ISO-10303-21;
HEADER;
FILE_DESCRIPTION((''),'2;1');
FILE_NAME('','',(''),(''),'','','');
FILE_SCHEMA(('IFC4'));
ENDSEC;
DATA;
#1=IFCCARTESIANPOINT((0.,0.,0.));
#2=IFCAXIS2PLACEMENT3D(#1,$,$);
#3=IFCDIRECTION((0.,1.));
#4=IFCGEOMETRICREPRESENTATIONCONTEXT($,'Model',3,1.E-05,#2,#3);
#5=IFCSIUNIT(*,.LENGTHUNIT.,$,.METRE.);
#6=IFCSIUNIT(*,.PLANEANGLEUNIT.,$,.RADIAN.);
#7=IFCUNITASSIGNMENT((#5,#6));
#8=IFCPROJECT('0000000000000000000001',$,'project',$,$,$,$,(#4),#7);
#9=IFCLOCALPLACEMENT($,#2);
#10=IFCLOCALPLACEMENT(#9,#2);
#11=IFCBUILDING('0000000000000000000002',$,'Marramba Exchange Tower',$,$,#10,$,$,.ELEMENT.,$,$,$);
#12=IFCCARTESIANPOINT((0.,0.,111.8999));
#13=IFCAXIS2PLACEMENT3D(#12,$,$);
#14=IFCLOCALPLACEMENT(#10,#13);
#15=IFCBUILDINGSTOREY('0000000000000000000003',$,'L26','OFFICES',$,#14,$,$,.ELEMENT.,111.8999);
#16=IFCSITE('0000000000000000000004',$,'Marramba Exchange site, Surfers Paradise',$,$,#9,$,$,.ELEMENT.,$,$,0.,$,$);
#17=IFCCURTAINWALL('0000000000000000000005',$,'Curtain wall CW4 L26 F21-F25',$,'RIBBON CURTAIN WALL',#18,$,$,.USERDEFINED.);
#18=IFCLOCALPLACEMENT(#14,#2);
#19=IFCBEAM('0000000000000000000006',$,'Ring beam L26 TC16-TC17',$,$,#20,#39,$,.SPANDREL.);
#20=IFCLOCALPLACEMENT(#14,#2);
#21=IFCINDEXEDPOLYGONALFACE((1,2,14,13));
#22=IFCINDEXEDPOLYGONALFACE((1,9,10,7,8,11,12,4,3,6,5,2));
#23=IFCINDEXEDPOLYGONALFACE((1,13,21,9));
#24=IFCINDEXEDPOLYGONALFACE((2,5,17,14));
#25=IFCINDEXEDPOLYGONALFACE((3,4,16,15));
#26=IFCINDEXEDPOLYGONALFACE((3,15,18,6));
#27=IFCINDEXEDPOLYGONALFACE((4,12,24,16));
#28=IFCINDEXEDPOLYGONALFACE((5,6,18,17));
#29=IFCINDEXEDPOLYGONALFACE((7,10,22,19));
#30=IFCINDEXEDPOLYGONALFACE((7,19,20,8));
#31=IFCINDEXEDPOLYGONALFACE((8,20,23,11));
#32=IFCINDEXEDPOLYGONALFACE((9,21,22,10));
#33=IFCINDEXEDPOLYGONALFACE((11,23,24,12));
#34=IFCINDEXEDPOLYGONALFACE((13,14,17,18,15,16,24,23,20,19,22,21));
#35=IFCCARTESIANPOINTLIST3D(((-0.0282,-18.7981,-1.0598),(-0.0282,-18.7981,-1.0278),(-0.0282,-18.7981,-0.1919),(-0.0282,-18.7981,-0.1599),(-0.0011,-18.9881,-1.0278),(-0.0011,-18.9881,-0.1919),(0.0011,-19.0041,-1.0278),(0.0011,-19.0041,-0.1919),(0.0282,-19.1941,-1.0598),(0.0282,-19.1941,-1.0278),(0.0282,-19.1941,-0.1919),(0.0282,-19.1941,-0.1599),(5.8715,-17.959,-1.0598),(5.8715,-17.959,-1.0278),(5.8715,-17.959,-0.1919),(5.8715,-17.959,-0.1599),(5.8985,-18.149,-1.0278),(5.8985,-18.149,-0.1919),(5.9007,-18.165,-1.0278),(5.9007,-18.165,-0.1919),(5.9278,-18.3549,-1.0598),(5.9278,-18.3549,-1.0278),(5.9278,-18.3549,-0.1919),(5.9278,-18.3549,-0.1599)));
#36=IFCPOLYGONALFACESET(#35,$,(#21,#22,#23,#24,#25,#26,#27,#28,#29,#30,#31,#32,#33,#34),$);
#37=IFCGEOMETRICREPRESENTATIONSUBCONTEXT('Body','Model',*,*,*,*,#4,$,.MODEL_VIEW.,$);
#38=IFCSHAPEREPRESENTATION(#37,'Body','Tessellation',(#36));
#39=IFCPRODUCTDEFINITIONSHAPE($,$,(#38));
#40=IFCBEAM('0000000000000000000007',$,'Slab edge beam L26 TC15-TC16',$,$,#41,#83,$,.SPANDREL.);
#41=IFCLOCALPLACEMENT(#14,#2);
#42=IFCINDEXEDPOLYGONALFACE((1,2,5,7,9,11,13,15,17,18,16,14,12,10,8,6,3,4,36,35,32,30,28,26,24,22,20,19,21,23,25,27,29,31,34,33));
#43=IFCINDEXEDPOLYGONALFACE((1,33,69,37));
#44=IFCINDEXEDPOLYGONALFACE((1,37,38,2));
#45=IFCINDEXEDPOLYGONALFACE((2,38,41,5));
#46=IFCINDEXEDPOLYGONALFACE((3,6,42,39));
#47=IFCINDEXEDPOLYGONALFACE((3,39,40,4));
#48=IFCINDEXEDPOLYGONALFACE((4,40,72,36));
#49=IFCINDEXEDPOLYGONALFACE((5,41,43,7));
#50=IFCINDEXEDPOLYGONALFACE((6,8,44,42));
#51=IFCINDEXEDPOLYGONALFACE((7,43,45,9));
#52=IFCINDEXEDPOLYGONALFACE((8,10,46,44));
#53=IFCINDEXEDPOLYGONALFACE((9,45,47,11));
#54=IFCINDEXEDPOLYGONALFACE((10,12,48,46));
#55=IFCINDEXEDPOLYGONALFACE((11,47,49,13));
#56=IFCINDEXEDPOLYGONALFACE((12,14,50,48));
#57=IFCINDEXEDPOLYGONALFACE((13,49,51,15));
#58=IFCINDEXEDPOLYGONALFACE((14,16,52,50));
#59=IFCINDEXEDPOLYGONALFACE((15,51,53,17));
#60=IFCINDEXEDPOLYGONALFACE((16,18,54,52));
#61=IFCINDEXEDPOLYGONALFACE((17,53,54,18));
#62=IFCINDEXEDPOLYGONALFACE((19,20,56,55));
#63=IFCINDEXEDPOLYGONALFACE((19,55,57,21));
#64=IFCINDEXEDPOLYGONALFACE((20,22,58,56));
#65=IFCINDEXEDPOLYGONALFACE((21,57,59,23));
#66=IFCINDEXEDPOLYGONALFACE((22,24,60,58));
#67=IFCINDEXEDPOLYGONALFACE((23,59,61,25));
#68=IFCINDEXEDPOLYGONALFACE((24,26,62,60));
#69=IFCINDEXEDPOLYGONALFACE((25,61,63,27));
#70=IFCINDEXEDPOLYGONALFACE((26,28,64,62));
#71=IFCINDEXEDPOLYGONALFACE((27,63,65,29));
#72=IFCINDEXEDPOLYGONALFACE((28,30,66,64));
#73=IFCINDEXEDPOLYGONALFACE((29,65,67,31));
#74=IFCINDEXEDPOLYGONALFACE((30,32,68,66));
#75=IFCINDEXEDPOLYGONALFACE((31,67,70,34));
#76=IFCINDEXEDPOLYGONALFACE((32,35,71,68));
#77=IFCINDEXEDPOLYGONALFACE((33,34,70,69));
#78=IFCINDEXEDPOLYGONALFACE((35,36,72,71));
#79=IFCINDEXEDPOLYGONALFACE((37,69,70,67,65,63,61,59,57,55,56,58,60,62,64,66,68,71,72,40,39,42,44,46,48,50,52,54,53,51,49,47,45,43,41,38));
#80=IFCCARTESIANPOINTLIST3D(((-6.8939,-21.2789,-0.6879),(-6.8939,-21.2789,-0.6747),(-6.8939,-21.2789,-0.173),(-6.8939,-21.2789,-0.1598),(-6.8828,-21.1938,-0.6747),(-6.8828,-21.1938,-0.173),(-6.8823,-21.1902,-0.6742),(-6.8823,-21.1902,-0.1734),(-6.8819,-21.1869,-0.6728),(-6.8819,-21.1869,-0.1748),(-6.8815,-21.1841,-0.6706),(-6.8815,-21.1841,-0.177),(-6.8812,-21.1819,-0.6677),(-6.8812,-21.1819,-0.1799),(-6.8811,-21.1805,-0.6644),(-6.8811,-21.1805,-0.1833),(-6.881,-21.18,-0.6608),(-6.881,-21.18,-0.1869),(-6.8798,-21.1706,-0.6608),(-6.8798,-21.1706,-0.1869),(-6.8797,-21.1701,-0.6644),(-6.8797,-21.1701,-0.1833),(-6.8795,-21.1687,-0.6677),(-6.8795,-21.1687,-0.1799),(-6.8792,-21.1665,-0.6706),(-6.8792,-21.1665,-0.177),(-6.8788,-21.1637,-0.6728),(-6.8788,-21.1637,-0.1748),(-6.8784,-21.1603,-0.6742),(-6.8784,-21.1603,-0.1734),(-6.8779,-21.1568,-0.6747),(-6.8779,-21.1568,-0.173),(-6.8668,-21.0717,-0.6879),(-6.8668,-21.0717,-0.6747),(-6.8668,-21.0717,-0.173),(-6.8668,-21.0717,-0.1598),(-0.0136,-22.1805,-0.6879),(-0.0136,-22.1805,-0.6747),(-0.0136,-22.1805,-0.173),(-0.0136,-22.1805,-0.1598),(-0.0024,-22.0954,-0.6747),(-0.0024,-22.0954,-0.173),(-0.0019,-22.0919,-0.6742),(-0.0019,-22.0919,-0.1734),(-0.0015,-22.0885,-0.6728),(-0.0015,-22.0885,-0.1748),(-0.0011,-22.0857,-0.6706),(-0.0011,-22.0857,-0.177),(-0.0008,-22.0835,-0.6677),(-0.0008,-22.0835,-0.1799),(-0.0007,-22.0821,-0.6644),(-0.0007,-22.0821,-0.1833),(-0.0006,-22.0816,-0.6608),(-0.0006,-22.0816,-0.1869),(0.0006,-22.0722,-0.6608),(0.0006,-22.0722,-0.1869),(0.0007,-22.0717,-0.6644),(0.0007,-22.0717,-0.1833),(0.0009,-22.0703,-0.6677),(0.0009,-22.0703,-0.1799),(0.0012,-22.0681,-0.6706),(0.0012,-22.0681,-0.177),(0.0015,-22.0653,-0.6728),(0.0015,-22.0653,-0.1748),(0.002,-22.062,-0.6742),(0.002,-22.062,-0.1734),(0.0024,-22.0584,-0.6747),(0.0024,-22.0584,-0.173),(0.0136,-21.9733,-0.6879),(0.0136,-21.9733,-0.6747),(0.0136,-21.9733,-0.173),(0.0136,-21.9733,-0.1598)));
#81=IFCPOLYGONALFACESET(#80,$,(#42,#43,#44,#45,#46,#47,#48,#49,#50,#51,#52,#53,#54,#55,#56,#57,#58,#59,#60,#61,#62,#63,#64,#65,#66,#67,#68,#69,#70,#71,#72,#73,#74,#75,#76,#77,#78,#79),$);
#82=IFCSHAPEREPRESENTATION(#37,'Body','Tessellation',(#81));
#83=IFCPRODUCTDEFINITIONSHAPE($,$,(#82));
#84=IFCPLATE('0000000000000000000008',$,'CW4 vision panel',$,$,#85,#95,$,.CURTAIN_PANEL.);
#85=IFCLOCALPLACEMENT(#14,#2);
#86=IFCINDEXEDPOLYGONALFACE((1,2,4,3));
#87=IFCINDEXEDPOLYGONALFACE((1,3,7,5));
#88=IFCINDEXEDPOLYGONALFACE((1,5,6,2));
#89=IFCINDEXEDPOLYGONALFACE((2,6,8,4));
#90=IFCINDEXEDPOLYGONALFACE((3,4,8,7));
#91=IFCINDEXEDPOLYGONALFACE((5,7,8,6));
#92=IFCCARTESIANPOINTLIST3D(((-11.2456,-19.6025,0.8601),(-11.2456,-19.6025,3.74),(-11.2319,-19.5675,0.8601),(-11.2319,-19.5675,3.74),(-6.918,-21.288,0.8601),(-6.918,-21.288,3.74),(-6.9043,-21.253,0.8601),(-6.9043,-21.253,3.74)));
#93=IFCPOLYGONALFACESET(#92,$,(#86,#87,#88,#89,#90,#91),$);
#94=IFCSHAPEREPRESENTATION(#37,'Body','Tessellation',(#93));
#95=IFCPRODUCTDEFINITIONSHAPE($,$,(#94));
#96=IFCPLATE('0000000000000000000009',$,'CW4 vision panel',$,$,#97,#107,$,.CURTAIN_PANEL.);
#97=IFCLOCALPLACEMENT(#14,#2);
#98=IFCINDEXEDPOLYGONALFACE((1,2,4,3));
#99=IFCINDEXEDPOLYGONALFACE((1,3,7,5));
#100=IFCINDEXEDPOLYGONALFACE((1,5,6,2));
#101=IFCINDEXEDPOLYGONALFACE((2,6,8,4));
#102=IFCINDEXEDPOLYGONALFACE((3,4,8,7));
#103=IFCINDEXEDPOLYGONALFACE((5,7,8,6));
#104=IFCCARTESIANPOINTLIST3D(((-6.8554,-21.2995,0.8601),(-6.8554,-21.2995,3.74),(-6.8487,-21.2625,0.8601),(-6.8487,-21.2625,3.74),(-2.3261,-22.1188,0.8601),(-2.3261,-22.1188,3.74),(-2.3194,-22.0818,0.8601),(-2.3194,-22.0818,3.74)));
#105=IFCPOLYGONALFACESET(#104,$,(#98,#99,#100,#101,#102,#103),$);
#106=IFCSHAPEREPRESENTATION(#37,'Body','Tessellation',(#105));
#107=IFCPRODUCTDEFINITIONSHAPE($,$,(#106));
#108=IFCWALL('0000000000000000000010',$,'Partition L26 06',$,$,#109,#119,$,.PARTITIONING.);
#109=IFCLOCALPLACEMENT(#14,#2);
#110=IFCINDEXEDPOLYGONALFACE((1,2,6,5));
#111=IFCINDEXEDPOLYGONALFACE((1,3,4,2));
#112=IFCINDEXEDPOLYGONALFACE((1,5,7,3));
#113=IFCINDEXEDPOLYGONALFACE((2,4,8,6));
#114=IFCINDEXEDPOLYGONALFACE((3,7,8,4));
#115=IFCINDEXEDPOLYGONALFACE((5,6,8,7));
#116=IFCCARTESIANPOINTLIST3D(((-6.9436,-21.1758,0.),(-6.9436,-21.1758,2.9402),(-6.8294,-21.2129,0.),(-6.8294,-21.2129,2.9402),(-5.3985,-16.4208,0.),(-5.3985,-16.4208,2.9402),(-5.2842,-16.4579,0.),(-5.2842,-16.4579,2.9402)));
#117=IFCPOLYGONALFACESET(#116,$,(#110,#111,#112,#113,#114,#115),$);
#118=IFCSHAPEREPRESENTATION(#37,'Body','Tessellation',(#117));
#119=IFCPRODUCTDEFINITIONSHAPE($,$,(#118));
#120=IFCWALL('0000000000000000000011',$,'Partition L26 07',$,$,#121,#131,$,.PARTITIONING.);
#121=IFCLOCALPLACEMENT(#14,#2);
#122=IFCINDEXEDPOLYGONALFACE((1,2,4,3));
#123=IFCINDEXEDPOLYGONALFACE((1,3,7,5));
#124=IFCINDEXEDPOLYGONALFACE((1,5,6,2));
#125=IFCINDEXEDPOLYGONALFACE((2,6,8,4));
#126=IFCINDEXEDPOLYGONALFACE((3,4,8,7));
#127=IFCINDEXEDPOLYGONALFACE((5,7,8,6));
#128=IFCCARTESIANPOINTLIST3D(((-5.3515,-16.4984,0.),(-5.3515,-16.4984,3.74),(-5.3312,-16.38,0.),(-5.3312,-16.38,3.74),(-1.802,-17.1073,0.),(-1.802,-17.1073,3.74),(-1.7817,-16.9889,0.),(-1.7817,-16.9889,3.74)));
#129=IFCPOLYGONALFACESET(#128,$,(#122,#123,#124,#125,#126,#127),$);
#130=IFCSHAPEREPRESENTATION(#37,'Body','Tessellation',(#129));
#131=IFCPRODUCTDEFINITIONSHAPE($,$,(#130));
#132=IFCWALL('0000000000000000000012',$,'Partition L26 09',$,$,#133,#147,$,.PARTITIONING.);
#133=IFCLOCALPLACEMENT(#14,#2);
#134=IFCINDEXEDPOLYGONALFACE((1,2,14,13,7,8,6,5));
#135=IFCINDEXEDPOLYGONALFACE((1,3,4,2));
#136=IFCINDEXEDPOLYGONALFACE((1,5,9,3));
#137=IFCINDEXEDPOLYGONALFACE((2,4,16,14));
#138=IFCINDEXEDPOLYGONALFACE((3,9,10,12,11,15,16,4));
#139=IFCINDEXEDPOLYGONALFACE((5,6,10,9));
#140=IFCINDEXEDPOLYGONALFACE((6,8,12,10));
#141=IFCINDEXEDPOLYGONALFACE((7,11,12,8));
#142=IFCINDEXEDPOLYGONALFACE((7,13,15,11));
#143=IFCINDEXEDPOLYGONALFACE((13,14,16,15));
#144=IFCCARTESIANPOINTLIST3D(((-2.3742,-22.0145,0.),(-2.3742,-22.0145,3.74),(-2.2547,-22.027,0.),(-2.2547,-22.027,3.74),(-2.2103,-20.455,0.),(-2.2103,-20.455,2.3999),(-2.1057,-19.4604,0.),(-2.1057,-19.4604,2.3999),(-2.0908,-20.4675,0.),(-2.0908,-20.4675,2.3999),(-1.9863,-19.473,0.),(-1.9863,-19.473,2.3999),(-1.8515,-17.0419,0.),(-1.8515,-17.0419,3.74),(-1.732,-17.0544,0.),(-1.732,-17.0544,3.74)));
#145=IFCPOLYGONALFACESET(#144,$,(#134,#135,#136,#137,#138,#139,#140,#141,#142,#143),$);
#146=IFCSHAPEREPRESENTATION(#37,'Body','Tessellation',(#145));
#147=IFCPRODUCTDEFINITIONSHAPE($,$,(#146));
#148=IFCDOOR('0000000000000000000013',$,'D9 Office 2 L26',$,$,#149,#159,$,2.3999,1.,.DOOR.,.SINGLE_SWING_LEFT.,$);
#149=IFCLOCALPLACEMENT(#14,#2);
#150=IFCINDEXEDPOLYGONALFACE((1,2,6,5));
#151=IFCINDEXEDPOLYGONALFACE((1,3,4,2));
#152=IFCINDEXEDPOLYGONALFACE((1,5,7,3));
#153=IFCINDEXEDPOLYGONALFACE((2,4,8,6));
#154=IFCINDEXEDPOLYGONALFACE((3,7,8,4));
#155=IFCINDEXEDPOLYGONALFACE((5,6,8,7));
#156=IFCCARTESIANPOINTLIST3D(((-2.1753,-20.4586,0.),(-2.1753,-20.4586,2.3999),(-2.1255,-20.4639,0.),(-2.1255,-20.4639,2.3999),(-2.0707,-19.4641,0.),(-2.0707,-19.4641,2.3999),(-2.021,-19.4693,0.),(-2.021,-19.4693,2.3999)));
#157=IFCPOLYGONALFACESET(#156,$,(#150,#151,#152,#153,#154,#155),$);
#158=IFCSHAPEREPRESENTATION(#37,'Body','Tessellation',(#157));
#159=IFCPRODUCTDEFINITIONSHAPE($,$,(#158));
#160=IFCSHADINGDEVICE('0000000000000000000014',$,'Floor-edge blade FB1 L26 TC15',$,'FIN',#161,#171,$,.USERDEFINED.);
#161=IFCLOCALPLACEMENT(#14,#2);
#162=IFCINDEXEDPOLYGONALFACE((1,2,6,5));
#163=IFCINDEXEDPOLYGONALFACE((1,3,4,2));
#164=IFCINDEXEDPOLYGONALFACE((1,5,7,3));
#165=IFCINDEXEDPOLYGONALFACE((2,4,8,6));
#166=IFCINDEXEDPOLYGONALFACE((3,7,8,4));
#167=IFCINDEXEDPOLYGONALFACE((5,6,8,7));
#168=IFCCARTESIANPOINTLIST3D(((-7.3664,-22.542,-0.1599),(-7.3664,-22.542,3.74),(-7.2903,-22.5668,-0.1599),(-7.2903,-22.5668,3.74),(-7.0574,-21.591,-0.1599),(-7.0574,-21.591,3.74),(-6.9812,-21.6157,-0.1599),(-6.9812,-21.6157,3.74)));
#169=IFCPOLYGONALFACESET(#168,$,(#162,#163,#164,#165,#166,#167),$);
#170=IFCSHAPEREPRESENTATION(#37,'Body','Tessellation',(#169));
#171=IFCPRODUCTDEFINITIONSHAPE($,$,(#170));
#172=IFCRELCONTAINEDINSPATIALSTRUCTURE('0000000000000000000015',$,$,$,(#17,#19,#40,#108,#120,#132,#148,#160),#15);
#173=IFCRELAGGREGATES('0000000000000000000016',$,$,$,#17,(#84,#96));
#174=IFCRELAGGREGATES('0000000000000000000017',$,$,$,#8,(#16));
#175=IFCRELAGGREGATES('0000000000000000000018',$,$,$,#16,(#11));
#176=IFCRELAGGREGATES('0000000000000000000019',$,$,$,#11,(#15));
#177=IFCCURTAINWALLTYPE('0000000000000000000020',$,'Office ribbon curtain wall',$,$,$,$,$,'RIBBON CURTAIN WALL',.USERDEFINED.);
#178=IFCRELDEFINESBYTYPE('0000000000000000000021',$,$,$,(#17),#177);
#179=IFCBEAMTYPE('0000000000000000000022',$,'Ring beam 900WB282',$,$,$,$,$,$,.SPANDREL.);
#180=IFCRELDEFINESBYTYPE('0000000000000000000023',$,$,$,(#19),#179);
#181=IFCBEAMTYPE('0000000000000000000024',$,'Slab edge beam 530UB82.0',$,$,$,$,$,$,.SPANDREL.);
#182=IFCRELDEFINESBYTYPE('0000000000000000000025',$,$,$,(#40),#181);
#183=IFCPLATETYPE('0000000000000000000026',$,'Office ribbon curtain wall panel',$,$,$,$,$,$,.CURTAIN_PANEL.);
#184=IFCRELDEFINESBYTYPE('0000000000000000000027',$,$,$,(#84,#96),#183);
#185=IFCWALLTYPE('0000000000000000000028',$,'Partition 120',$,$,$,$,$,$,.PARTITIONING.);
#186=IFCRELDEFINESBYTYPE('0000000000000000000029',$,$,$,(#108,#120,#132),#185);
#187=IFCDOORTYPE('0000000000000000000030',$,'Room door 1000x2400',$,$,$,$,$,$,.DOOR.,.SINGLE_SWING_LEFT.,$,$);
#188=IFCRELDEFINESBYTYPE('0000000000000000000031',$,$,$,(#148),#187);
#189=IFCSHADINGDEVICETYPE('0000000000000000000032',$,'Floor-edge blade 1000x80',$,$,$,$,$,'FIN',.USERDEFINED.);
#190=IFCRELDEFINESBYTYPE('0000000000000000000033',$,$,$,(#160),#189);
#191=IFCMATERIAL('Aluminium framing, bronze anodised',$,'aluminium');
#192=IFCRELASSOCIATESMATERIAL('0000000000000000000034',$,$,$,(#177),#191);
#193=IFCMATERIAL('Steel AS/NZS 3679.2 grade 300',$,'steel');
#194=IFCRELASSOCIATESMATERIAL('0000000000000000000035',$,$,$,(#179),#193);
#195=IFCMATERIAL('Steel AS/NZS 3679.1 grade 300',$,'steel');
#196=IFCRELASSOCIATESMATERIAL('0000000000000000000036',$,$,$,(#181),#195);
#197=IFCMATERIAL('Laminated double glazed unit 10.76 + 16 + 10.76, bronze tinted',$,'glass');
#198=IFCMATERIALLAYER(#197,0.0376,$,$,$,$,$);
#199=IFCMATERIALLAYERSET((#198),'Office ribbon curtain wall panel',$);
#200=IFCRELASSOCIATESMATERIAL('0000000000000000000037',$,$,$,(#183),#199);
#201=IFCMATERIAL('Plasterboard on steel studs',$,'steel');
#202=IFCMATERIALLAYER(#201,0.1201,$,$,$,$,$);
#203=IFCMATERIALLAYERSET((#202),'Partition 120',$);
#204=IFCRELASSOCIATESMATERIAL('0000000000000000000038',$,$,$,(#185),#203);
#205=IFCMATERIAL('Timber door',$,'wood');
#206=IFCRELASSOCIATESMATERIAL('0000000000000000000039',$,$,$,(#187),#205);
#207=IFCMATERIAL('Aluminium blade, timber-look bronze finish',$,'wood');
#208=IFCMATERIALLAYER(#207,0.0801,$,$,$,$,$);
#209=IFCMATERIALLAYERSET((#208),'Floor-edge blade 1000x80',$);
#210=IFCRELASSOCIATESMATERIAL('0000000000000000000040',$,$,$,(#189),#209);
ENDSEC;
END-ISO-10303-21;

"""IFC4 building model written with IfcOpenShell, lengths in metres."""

from ifc_helpers import new_model, si_unit, direction, frame, frame_2d, origin, origin_2d, place, context, subcontext, project, spatial, rectangle, i_section, extrude, material, layer, layer_set, material_profile, profile_set, type_object, element, fill, aggregate, save


model = new_model("IFC4")

# Units and contexts
model_context = context("Model", 3, precision=1e-05, world=origin(), true_north=direction((0.0, 1.0)))
body_context = subcontext(model_context, "Body", "Model", "MODEL_VIEW")
ifc_project = project(units=[si_unit("LENGTHUNIT", "METRE"), si_unit("PLANEANGLEUNIT", "RADIAN")], contexts=[model_context])

# Site, building, storey
site_placement = place(None, origin())
site = spatial("IfcSite", under=ifc_project, at=site_placement, Name="Marramba Exchange site, Surfers Paradise", CompositionType="ELEMENT", RefElevation=0.0)
building_placement = place(site_placement, origin())
building = spatial("IfcBuilding", under=site, at=building_placement, Name="Marramba Exchange Tower", CompositionType="ELEMENT")
storey_placement = place(building_placement, frame((0.0, 0.0, 111.8999)))
storey = spatial("IfcBuildingStorey", under=building, at=storey_placement, Name="L26", Description="OFFICES", CompositionType="ELEMENT", Elevation=111.8999)

# Shared definitions
ifc_material_1 = material(Name="Steel AS/NZS 3679.2 grade 300", Category="steel")

# Curtain wall
ifc_material_2 = material(Name="Aluminium framing, bronze anodised", Category="aluminium")
curtain_wall_type = type_object("IfcCurtainWallType", Name="Office ribbon curtain wall", ElementType="RIBBON CURTAIN WALL", PredefinedType="USERDEFINED", material=ifc_material_2)
curtain_wall_placement = place(storey_placement, origin())
curtain_wall = element("IfcCurtainWall", 1, at=curtain_wall_placement, inside=storey, type_object=curtain_wall_type, Name="Curtain wall CW4 L26 F21-F25", ObjectType="RIBBON CURTAIN WALL", PredefinedType="USERDEFINED")

# Beams
ifc_material_profile_1 = material_profile(ifc_material_1, i_section(OverallWidth=0.3999, OverallDepth=0.8999, WebThickness=0.0161, FlangeThickness=0.032, at=origin_2d()), Name="900WB282")
ifc_profile_set_1 = profile_set([ifc_material_profile_1], Name="Steel AS/NZS 3679.2 grade 300")
beam_type_1 = type_object("IfcBeamType", Name="Ring beam 900WB282", PredefinedType="SPANDREL", material=ifc_profile_set_1)
for number, where, z_axis, x_axis, name in (
    (2, (0.0, -18.9961, -0.6099), (0.990036, 0.140813, 0.0), (-0.140813, 0.990036, 0.0), "Ring beam L26 TC16-TC17"),
):
    element("IfcBeam", number, at=place(storey_placement, frame(where, z_axis=z_axis, x_axis=x_axis)), inside=storey, type_object=beam_type_1, Name=name, PredefinedType="SPANDREL", context=body_context, shape_type="SweptSolid", body=[
        extrude(i_section(OverallWidth=0.3999, OverallDepth=0.8999, WebThickness=0.0161, FlangeThickness=0.032, at=origin_2d()), origin(), (0.0, 0.0, 1.0), 5.959),
    ])
ifc_material_3 = material(Name="Steel AS/NZS 3679.1 grade 300", Category="steel")
ifc_material_profile_2 = material_profile(ifc_material_3, i_section(OverallWidth=0.209, OverallDepth=0.5281, WebThickness=0.0095, FlangeThickness=0.0132, FilletRadius=0.0139, at=origin_2d()), Name="530UB82.0")
ifc_profile_set_2 = profile_set([ifc_material_profile_2], Name="Steel AS/NZS 3679.1 grade 300")
beam_type_2 = type_object("IfcBeamType", Name="Slab edge beam 530UB82.0", PredefinedType="SPANDREL", material=ifc_profile_set_2)
beam_1_placement = place(storey_placement, frame((-6.8804, -21.1753, -0.4238), z_axis=(0.991523, -0.12993, 0.0), x_axis=(0.12993, 0.991523, 0.0)))
element("IfcBeam", 3, at=beam_1_placement, inside=storey, type_object=beam_type_2, Name="Slab edge beam L26 TC15-TC16", PredefinedType="SPANDREL", context=body_context, shape_type="SweptSolid", body=[
    extrude(i_section(OverallWidth=0.209, OverallDepth=0.5281, WebThickness=0.0095, FlangeThickness=0.0132, FilletRadius=0.0139, at=origin_2d()), origin(), (0.0, 0.0, 1.0), 6.9392),
])

# Plates
ifc_material_4 = material(Name="Laminated double glazed unit 10.76 + 16 + 10.76, bronze tinted", Category="glass")
ifc_layer_1 = layer(ifc_material_4, 0.0376)
ifc_layer_set_1 = layer_set([ifc_layer_1], Name="Office ribbon curtain wall panel")
plate_type = type_object("IfcPlateType", Name="Office ribbon curtain wall panel", PredefinedType="CURTAIN_PANEL", material=ifc_layer_set_1)
plate_1_placement = place(storey_placement, frame((-9.075, -20.4277, 0.8601), z_axis=(0.0, 0.0, 1.0), x_axis=(0.931818, -0.362925, 0.0)))
plate_1 = element("IfcPlate", 4, at=plate_1_placement, type_object=plate_type, Name="CW4 vision panel", PredefinedType="CURTAIN_PANEL", context=body_context, shape_type="SweptSolid", body=[
    extrude(rectangle(XDim=4.6443, YDim=0.0376, at=origin_2d()), origin(), (0.0, 0.0, 1.0), 2.8799),
])
plate_2_placement = place(storey_placement, frame((-4.5874, -21.6907, 0.8601), z_axis=(0.0, 0.0, 1.0), x_axis=(0.984032, -0.177992, 0.0)))
plate_2 = element("IfcPlate", 5, at=plate_2_placement, type_object=plate_type, Name="CW4 vision panel", PredefinedType="CURTAIN_PANEL", context=body_context, shape_type="SweptSolid", body=[
    extrude(rectangle(XDim=4.6028, YDim=0.0376, at=origin_2d()), origin(), (0.0, 0.0, 1.0), 2.8799),
])
aggregate(curtain_wall, [plate_1, plate_2])

# Walls
ifc_material_5 = material(Name="Plasterboard on steel studs", Category="steel")
ifc_layer_2 = layer(ifc_material_5, 0.1201)
ifc_layer_set_2 = layer_set([ifc_layer_2], Name="Partition 120")
wall_type = type_object("IfcWallType", Name="Partition 120", PredefinedType="PARTITIONING", material=ifc_layer_set_2)
wall_1_placement = place(storey_placement, frame((-5.3413, -16.4392, 0.0), z_axis=(0.0, 0.0, 1.0), x_axis=(-0.309041, -0.951049, 0.0)))
element("IfcWall", 6, at=wall_1_placement, inside=storey, type_object=wall_type, Name="Partition L26 06", PredefinedType="PARTITIONING", context=body_context, shape_type="SweptSolid", body=[
    extrude(rectangle(XDim=4.9998, YDim=0.1201, at=frame_2d((2.5, 0.0))), origin(), (0.0, 0.0, 1.0), 2.9402),
])
wall_2_placement = place(storey_placement, frame((-1.7917, -17.0481, 0.0), z_axis=(0.0, 0.0, 1.0), x_axis=(-0.985604, 0.169069, 0.0)))
element("IfcWall", 7, at=wall_2_placement, inside=storey, type_object=wall_type, Name="Partition L26 07", PredefinedType="PARTITIONING", context=body_context, shape_type="SweptSolid", body=[
    extrude(rectangle(XDim=3.6013, YDim=0.1201, at=frame_2d((1.8008, 0.0))), origin(), (0.0, 0.0, 1.0), 3.74),
])

# Wall, opening, door
wall_3_placement = place(storey_placement, frame((-2.3145, -22.0208, 0.0), z_axis=(0.0, 0.0, 1.0), x_axis=(0.10454, 0.994521, 0.0)))
wall_3 = element("IfcWall", 8, at=wall_3_placement, inside=storey, type_object=wall_type, Name="Partition L26 09", PredefinedType="PARTITIONING", context=body_context, shape_type="SweptSolid", body=[
    extrude(rectangle(XDim=5.0, YDim=0.1201, at=frame_2d((2.5, 0.0))), origin(), (0.0, 0.0, 1.0), 3.74),
])
opening_placement = place(wall_3_placement, frame((1.5681, 0.0, 0.0)))
opening = element("IfcOpeningElement", 9, at=opening_placement, cuts=wall_3, PredefinedType="OPENING", context=body_context, shape_type="SweptSolid", body=[
    extrude(rectangle(XDim=1.0, YDim=2.3999, at=frame_2d((0.5, 1.2))), frame((0.0, 0.0701, 0.0), z_axis=(0.0, -1.0, 0.0), x_axis=(1.0, 0.0, 0.0)), (0.0, 0.0, 1.0), 0.1401),
])
ifc_material_6 = material(Name="Timber door", Category="wood")
door_type = type_object("IfcDoorType", Name="Room door 1000x2400", OperationType="SINGLE_SWING_LEFT", PredefinedType="DOOR", material=ifc_material_6)
door_placement = place(opening_placement, origin())
door = element("IfcDoor", 10, at=door_placement, inside=storey, type_object=door_type, Name="D9 Office 2 L26", OperationType="SINGLE_SWING_LEFT", OverallHeight=2.3999, OverallWidth=1.0, PredefinedType="DOOR", context=body_context, shape_type="SweptSolid", body=[
    extrude(rectangle(XDim=1.0, YDim=2.3999, at=frame_2d((0.5, 1.2))), frame((0.0, 0.0249, 0.0), z_axis=(0.0, -1.0, 0.0), x_axis=(1.0, 0.0, 0.0)), (0.0, 0.0, 1.0), 0.05),
])
fill(opening, door)

# Shading device
ifc_material_7 = material(Name="Aluminium blade, timber-look bronze finish", Category="wood")
ifc_layer_3 = layer(ifc_material_7, 0.0801)
ifc_layer_set_3 = layer_set([ifc_layer_3], Name="Floor-edge blade 1000x80")
shading_device_type_1 = type_object("IfcShadingDeviceType", Name="Floor-edge blade 1000x80", ElementType="FIN", PredefinedType="USERDEFINED", material=ifc_layer_set_3)
shading_device_1_placement = place(storey_placement, frame((-7.1738, -22.0789, -0.1599), z_axis=(0.0, 0.0, 1.0), x_axis=(-0.309017, -0.951057, 0.0)))
element("IfcShadingDevice", 11, at=shading_device_1_placement, inside=storey, type_object=shading_device_type_1, Name="Floor-edge blade FB1 L26 TC15", ObjectType="FIN", PredefinedType="USERDEFINED", context=body_context, shape_type="SweptSolid", body=[
    extrude(rectangle(XDim=1.0, YDim=0.0801, at=origin_2d()), origin(), (0.0, 0.0, 1.0), 3.8999),
])

save(model, "model.ifc")
